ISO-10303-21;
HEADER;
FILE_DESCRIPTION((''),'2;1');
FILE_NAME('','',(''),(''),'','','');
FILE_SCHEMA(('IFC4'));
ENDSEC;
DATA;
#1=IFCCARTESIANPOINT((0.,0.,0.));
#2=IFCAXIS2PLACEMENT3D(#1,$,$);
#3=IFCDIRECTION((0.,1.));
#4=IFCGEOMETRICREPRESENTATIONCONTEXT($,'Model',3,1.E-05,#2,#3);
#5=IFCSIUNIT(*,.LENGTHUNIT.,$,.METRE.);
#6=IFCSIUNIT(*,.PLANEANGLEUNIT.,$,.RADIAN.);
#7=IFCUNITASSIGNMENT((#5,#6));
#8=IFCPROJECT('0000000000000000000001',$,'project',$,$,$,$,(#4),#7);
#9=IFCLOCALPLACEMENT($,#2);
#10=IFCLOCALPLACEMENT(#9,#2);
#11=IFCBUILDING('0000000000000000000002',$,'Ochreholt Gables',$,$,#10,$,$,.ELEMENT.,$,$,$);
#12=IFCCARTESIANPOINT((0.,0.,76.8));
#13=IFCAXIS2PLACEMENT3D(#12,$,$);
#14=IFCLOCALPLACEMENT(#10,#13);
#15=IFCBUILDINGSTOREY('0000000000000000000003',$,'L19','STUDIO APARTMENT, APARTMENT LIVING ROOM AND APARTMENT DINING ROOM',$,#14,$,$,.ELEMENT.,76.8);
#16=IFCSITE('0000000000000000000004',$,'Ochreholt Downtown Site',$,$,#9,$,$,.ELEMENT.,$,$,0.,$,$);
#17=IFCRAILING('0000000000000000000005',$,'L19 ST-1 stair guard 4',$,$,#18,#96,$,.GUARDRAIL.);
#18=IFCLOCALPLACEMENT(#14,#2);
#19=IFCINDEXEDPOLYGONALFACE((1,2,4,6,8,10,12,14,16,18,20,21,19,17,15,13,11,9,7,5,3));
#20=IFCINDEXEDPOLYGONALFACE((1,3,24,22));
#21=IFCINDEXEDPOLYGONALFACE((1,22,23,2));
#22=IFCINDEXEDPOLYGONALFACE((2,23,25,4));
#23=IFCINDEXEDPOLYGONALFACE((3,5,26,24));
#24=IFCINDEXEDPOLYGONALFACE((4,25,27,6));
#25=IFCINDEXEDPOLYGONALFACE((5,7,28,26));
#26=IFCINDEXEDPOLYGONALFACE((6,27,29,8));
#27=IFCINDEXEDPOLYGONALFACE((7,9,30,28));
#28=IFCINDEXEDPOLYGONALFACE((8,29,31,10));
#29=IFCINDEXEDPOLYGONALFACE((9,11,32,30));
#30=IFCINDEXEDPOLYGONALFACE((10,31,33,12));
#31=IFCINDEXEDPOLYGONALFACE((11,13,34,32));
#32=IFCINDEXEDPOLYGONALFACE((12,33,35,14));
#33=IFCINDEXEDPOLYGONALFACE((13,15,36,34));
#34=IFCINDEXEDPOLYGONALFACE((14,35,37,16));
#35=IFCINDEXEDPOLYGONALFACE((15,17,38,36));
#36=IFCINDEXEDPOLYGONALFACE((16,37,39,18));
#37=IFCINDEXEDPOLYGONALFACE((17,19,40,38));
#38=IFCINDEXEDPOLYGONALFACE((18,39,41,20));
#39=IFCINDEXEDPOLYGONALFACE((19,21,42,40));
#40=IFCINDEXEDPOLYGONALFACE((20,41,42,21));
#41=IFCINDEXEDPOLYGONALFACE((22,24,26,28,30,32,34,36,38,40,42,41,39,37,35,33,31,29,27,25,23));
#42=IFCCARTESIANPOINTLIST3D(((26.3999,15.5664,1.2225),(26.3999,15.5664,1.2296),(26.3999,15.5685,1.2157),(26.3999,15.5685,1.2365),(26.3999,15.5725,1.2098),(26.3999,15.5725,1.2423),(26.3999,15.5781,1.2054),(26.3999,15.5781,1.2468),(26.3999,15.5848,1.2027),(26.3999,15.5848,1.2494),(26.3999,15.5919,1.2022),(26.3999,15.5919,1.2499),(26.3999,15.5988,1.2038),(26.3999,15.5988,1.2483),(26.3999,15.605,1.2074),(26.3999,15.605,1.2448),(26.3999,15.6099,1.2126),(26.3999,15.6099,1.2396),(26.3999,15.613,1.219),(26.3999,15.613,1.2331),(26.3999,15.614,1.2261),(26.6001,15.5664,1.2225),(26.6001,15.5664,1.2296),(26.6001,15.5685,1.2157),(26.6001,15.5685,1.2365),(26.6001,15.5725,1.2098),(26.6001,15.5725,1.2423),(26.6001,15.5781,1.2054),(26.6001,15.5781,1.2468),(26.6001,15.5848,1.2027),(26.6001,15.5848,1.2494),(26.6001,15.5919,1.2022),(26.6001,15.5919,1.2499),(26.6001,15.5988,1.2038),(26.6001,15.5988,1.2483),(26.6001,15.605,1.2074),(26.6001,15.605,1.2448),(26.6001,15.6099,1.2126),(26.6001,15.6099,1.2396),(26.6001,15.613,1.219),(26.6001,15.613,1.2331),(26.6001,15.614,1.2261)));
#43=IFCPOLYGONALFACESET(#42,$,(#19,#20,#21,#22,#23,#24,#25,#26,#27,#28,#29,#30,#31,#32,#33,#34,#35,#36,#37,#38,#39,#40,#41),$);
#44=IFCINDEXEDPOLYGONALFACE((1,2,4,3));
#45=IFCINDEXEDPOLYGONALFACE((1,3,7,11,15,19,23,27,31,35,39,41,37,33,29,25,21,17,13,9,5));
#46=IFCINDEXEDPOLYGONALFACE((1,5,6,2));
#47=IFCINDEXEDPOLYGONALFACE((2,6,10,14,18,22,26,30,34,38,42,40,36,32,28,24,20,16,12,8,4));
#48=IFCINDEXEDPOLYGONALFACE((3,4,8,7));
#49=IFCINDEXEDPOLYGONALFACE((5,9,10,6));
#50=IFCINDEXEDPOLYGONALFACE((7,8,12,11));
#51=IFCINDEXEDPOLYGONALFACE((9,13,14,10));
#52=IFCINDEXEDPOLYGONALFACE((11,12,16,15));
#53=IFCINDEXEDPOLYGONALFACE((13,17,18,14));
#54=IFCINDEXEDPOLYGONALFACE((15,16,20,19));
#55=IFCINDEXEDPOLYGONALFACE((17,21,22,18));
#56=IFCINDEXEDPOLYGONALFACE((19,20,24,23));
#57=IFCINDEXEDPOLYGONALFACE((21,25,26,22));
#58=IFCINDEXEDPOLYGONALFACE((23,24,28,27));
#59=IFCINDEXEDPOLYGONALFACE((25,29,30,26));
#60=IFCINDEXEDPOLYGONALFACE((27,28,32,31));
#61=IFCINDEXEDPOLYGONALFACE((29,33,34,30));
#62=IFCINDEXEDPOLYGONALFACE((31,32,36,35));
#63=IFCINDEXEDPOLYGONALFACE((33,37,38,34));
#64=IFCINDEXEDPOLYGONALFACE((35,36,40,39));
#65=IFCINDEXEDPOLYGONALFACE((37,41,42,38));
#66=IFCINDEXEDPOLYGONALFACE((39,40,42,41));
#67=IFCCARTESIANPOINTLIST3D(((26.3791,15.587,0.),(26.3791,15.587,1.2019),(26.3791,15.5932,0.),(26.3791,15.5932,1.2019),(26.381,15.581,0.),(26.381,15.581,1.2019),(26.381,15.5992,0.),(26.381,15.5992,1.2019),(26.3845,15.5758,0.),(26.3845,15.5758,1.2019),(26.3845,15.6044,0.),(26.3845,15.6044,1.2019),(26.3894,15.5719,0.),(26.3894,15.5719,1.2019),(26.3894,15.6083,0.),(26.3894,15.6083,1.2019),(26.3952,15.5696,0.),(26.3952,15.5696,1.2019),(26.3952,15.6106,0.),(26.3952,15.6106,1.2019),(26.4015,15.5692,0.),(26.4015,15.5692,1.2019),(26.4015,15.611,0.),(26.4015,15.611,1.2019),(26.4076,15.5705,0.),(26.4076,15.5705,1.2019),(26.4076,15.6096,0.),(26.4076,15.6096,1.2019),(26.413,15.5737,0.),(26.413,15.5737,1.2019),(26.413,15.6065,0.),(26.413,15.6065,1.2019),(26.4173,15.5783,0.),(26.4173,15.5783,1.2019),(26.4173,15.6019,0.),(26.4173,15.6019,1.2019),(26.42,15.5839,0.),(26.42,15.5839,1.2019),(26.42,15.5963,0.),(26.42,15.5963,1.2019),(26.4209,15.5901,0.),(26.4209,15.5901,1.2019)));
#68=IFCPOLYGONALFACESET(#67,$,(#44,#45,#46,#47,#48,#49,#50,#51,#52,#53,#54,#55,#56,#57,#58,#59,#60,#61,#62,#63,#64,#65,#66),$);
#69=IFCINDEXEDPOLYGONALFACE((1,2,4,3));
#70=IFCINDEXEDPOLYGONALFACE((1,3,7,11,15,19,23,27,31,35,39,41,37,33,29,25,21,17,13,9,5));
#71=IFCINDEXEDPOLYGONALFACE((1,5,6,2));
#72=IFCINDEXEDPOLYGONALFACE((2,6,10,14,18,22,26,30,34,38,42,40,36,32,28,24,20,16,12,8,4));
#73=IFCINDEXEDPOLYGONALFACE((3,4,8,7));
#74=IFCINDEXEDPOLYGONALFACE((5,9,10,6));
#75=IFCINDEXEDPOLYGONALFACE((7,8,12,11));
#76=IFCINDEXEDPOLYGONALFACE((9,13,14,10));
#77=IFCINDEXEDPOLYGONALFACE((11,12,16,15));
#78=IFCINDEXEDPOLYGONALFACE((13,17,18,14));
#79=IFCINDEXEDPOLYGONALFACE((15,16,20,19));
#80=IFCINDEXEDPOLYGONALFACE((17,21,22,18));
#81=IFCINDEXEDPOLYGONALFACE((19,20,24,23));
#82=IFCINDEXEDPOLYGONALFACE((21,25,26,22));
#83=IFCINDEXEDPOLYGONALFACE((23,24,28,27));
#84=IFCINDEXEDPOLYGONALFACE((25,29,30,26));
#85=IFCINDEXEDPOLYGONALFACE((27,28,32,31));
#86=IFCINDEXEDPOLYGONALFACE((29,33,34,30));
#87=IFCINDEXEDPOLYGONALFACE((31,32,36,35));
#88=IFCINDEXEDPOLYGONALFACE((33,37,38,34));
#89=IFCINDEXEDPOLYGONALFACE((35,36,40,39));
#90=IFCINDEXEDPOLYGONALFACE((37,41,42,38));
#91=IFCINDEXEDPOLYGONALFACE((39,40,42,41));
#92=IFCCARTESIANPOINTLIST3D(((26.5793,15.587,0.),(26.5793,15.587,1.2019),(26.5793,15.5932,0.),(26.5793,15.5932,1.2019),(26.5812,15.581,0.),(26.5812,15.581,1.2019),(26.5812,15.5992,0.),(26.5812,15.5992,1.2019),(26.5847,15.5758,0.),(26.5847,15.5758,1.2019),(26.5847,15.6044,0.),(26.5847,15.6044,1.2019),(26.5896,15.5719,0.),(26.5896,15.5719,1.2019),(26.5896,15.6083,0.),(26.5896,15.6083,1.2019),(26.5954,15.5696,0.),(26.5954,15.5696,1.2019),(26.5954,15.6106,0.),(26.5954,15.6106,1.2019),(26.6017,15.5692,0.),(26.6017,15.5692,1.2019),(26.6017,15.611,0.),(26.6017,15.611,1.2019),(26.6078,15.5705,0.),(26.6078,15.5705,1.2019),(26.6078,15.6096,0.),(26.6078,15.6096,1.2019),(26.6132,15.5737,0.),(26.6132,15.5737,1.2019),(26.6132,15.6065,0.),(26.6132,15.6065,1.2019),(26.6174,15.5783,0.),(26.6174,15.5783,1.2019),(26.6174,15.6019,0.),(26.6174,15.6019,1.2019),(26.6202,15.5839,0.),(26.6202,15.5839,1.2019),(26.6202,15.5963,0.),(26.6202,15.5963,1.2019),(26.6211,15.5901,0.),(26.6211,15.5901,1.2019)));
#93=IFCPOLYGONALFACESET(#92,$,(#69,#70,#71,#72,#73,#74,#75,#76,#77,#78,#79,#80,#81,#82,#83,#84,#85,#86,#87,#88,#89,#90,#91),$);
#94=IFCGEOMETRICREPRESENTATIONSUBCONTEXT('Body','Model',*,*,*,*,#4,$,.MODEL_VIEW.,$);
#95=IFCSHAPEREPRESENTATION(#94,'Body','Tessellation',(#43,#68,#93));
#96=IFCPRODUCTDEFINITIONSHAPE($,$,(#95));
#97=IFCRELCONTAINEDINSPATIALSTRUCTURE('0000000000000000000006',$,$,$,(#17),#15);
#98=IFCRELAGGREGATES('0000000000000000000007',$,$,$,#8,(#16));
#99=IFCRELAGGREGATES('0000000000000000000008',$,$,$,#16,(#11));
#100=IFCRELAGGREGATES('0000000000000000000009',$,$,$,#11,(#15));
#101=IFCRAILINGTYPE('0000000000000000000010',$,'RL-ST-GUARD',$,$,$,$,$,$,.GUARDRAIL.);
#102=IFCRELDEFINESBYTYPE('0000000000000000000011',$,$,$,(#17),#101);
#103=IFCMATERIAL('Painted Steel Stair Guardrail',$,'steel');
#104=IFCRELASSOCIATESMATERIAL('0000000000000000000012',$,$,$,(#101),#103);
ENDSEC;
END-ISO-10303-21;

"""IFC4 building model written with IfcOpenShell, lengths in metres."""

from ifc_helpers import new_model, si_unit, direction, frame, origin, origin_2d, place, context, subcontext, project, spatial, circle, extrude, material, type_object, element, save


model = new_model("IFC4")

# Units and contexts
model_context = context("Model", 3, precision=1e-05, world=origin(), true_north=direction((0.0, 1.0)))
body_context = subcontext(model_context, "Body", "Model", "MODEL_VIEW")
ifc_project = project(units=[si_unit("LENGTHUNIT", "METRE"), si_unit("PLANEANGLEUNIT", "RADIAN")], contexts=[model_context])

# Site, building, storey
site_placement = place(None, origin())
site = spatial("IfcSite", under=ifc_project, at=site_placement, Name="Ochreholt Downtown Site", CompositionType="ELEMENT", RefElevation=0.0)
building_placement = place(site_placement, origin())
building = spatial("IfcBuilding", under=site, at=building_placement, Name="Ochreholt Gables", CompositionType="ELEMENT")
storey_placement = place(building_placement, frame((0.0, 0.0, 76.8)))
storey = spatial("IfcBuildingStorey", under=building, at=storey_placement, Name="L19", Description="STUDIO APARTMENT, APARTMENT LIVING ROOM AND APARTMENT DINING ROOM", CompositionType="ELEMENT", Elevation=76.8)

# Railing
ifc_material_1 = material(Name="Painted Steel Stair Guardrail", Category="steel")
railing_type_1 = type_object("IfcRailingType", Name="RL-ST-GUARD", PredefinedType="GUARDRAIL", material=ifc_material_1)
railing_1_placement = place(storey_placement, frame((26.3999, 15.5901, 0.0)))
element("IfcRailing", 1, at=railing_1_placement, inside=storey, type_object=railing_type_1, Name="L19 ST-1 stair guard 4", PredefinedType="GUARDRAIL", context=body_context, shape_type="SweptSolid", body=[
    extrude(circle(Radius=0.0239, at=origin_2d()), frame((0.0, 0.0, 1.2261), z_axis=(1.0, 0.0, 0.0), x_axis=(0.0, 1.0, 0.0)), (0.0, 0.0, 1.0), 0.2002),
    extrude(circle(Radius=0.021, at=origin_2d()), origin(), (0.0, 0.0, 1.0), 1.2019),
    extrude(circle(Radius=0.021, at=origin_2d()), frame((0.2002, 0.0, 0.0)), (0.0, 0.0, 1.0), 1.2019),
])

save(model, "model.ifc")
